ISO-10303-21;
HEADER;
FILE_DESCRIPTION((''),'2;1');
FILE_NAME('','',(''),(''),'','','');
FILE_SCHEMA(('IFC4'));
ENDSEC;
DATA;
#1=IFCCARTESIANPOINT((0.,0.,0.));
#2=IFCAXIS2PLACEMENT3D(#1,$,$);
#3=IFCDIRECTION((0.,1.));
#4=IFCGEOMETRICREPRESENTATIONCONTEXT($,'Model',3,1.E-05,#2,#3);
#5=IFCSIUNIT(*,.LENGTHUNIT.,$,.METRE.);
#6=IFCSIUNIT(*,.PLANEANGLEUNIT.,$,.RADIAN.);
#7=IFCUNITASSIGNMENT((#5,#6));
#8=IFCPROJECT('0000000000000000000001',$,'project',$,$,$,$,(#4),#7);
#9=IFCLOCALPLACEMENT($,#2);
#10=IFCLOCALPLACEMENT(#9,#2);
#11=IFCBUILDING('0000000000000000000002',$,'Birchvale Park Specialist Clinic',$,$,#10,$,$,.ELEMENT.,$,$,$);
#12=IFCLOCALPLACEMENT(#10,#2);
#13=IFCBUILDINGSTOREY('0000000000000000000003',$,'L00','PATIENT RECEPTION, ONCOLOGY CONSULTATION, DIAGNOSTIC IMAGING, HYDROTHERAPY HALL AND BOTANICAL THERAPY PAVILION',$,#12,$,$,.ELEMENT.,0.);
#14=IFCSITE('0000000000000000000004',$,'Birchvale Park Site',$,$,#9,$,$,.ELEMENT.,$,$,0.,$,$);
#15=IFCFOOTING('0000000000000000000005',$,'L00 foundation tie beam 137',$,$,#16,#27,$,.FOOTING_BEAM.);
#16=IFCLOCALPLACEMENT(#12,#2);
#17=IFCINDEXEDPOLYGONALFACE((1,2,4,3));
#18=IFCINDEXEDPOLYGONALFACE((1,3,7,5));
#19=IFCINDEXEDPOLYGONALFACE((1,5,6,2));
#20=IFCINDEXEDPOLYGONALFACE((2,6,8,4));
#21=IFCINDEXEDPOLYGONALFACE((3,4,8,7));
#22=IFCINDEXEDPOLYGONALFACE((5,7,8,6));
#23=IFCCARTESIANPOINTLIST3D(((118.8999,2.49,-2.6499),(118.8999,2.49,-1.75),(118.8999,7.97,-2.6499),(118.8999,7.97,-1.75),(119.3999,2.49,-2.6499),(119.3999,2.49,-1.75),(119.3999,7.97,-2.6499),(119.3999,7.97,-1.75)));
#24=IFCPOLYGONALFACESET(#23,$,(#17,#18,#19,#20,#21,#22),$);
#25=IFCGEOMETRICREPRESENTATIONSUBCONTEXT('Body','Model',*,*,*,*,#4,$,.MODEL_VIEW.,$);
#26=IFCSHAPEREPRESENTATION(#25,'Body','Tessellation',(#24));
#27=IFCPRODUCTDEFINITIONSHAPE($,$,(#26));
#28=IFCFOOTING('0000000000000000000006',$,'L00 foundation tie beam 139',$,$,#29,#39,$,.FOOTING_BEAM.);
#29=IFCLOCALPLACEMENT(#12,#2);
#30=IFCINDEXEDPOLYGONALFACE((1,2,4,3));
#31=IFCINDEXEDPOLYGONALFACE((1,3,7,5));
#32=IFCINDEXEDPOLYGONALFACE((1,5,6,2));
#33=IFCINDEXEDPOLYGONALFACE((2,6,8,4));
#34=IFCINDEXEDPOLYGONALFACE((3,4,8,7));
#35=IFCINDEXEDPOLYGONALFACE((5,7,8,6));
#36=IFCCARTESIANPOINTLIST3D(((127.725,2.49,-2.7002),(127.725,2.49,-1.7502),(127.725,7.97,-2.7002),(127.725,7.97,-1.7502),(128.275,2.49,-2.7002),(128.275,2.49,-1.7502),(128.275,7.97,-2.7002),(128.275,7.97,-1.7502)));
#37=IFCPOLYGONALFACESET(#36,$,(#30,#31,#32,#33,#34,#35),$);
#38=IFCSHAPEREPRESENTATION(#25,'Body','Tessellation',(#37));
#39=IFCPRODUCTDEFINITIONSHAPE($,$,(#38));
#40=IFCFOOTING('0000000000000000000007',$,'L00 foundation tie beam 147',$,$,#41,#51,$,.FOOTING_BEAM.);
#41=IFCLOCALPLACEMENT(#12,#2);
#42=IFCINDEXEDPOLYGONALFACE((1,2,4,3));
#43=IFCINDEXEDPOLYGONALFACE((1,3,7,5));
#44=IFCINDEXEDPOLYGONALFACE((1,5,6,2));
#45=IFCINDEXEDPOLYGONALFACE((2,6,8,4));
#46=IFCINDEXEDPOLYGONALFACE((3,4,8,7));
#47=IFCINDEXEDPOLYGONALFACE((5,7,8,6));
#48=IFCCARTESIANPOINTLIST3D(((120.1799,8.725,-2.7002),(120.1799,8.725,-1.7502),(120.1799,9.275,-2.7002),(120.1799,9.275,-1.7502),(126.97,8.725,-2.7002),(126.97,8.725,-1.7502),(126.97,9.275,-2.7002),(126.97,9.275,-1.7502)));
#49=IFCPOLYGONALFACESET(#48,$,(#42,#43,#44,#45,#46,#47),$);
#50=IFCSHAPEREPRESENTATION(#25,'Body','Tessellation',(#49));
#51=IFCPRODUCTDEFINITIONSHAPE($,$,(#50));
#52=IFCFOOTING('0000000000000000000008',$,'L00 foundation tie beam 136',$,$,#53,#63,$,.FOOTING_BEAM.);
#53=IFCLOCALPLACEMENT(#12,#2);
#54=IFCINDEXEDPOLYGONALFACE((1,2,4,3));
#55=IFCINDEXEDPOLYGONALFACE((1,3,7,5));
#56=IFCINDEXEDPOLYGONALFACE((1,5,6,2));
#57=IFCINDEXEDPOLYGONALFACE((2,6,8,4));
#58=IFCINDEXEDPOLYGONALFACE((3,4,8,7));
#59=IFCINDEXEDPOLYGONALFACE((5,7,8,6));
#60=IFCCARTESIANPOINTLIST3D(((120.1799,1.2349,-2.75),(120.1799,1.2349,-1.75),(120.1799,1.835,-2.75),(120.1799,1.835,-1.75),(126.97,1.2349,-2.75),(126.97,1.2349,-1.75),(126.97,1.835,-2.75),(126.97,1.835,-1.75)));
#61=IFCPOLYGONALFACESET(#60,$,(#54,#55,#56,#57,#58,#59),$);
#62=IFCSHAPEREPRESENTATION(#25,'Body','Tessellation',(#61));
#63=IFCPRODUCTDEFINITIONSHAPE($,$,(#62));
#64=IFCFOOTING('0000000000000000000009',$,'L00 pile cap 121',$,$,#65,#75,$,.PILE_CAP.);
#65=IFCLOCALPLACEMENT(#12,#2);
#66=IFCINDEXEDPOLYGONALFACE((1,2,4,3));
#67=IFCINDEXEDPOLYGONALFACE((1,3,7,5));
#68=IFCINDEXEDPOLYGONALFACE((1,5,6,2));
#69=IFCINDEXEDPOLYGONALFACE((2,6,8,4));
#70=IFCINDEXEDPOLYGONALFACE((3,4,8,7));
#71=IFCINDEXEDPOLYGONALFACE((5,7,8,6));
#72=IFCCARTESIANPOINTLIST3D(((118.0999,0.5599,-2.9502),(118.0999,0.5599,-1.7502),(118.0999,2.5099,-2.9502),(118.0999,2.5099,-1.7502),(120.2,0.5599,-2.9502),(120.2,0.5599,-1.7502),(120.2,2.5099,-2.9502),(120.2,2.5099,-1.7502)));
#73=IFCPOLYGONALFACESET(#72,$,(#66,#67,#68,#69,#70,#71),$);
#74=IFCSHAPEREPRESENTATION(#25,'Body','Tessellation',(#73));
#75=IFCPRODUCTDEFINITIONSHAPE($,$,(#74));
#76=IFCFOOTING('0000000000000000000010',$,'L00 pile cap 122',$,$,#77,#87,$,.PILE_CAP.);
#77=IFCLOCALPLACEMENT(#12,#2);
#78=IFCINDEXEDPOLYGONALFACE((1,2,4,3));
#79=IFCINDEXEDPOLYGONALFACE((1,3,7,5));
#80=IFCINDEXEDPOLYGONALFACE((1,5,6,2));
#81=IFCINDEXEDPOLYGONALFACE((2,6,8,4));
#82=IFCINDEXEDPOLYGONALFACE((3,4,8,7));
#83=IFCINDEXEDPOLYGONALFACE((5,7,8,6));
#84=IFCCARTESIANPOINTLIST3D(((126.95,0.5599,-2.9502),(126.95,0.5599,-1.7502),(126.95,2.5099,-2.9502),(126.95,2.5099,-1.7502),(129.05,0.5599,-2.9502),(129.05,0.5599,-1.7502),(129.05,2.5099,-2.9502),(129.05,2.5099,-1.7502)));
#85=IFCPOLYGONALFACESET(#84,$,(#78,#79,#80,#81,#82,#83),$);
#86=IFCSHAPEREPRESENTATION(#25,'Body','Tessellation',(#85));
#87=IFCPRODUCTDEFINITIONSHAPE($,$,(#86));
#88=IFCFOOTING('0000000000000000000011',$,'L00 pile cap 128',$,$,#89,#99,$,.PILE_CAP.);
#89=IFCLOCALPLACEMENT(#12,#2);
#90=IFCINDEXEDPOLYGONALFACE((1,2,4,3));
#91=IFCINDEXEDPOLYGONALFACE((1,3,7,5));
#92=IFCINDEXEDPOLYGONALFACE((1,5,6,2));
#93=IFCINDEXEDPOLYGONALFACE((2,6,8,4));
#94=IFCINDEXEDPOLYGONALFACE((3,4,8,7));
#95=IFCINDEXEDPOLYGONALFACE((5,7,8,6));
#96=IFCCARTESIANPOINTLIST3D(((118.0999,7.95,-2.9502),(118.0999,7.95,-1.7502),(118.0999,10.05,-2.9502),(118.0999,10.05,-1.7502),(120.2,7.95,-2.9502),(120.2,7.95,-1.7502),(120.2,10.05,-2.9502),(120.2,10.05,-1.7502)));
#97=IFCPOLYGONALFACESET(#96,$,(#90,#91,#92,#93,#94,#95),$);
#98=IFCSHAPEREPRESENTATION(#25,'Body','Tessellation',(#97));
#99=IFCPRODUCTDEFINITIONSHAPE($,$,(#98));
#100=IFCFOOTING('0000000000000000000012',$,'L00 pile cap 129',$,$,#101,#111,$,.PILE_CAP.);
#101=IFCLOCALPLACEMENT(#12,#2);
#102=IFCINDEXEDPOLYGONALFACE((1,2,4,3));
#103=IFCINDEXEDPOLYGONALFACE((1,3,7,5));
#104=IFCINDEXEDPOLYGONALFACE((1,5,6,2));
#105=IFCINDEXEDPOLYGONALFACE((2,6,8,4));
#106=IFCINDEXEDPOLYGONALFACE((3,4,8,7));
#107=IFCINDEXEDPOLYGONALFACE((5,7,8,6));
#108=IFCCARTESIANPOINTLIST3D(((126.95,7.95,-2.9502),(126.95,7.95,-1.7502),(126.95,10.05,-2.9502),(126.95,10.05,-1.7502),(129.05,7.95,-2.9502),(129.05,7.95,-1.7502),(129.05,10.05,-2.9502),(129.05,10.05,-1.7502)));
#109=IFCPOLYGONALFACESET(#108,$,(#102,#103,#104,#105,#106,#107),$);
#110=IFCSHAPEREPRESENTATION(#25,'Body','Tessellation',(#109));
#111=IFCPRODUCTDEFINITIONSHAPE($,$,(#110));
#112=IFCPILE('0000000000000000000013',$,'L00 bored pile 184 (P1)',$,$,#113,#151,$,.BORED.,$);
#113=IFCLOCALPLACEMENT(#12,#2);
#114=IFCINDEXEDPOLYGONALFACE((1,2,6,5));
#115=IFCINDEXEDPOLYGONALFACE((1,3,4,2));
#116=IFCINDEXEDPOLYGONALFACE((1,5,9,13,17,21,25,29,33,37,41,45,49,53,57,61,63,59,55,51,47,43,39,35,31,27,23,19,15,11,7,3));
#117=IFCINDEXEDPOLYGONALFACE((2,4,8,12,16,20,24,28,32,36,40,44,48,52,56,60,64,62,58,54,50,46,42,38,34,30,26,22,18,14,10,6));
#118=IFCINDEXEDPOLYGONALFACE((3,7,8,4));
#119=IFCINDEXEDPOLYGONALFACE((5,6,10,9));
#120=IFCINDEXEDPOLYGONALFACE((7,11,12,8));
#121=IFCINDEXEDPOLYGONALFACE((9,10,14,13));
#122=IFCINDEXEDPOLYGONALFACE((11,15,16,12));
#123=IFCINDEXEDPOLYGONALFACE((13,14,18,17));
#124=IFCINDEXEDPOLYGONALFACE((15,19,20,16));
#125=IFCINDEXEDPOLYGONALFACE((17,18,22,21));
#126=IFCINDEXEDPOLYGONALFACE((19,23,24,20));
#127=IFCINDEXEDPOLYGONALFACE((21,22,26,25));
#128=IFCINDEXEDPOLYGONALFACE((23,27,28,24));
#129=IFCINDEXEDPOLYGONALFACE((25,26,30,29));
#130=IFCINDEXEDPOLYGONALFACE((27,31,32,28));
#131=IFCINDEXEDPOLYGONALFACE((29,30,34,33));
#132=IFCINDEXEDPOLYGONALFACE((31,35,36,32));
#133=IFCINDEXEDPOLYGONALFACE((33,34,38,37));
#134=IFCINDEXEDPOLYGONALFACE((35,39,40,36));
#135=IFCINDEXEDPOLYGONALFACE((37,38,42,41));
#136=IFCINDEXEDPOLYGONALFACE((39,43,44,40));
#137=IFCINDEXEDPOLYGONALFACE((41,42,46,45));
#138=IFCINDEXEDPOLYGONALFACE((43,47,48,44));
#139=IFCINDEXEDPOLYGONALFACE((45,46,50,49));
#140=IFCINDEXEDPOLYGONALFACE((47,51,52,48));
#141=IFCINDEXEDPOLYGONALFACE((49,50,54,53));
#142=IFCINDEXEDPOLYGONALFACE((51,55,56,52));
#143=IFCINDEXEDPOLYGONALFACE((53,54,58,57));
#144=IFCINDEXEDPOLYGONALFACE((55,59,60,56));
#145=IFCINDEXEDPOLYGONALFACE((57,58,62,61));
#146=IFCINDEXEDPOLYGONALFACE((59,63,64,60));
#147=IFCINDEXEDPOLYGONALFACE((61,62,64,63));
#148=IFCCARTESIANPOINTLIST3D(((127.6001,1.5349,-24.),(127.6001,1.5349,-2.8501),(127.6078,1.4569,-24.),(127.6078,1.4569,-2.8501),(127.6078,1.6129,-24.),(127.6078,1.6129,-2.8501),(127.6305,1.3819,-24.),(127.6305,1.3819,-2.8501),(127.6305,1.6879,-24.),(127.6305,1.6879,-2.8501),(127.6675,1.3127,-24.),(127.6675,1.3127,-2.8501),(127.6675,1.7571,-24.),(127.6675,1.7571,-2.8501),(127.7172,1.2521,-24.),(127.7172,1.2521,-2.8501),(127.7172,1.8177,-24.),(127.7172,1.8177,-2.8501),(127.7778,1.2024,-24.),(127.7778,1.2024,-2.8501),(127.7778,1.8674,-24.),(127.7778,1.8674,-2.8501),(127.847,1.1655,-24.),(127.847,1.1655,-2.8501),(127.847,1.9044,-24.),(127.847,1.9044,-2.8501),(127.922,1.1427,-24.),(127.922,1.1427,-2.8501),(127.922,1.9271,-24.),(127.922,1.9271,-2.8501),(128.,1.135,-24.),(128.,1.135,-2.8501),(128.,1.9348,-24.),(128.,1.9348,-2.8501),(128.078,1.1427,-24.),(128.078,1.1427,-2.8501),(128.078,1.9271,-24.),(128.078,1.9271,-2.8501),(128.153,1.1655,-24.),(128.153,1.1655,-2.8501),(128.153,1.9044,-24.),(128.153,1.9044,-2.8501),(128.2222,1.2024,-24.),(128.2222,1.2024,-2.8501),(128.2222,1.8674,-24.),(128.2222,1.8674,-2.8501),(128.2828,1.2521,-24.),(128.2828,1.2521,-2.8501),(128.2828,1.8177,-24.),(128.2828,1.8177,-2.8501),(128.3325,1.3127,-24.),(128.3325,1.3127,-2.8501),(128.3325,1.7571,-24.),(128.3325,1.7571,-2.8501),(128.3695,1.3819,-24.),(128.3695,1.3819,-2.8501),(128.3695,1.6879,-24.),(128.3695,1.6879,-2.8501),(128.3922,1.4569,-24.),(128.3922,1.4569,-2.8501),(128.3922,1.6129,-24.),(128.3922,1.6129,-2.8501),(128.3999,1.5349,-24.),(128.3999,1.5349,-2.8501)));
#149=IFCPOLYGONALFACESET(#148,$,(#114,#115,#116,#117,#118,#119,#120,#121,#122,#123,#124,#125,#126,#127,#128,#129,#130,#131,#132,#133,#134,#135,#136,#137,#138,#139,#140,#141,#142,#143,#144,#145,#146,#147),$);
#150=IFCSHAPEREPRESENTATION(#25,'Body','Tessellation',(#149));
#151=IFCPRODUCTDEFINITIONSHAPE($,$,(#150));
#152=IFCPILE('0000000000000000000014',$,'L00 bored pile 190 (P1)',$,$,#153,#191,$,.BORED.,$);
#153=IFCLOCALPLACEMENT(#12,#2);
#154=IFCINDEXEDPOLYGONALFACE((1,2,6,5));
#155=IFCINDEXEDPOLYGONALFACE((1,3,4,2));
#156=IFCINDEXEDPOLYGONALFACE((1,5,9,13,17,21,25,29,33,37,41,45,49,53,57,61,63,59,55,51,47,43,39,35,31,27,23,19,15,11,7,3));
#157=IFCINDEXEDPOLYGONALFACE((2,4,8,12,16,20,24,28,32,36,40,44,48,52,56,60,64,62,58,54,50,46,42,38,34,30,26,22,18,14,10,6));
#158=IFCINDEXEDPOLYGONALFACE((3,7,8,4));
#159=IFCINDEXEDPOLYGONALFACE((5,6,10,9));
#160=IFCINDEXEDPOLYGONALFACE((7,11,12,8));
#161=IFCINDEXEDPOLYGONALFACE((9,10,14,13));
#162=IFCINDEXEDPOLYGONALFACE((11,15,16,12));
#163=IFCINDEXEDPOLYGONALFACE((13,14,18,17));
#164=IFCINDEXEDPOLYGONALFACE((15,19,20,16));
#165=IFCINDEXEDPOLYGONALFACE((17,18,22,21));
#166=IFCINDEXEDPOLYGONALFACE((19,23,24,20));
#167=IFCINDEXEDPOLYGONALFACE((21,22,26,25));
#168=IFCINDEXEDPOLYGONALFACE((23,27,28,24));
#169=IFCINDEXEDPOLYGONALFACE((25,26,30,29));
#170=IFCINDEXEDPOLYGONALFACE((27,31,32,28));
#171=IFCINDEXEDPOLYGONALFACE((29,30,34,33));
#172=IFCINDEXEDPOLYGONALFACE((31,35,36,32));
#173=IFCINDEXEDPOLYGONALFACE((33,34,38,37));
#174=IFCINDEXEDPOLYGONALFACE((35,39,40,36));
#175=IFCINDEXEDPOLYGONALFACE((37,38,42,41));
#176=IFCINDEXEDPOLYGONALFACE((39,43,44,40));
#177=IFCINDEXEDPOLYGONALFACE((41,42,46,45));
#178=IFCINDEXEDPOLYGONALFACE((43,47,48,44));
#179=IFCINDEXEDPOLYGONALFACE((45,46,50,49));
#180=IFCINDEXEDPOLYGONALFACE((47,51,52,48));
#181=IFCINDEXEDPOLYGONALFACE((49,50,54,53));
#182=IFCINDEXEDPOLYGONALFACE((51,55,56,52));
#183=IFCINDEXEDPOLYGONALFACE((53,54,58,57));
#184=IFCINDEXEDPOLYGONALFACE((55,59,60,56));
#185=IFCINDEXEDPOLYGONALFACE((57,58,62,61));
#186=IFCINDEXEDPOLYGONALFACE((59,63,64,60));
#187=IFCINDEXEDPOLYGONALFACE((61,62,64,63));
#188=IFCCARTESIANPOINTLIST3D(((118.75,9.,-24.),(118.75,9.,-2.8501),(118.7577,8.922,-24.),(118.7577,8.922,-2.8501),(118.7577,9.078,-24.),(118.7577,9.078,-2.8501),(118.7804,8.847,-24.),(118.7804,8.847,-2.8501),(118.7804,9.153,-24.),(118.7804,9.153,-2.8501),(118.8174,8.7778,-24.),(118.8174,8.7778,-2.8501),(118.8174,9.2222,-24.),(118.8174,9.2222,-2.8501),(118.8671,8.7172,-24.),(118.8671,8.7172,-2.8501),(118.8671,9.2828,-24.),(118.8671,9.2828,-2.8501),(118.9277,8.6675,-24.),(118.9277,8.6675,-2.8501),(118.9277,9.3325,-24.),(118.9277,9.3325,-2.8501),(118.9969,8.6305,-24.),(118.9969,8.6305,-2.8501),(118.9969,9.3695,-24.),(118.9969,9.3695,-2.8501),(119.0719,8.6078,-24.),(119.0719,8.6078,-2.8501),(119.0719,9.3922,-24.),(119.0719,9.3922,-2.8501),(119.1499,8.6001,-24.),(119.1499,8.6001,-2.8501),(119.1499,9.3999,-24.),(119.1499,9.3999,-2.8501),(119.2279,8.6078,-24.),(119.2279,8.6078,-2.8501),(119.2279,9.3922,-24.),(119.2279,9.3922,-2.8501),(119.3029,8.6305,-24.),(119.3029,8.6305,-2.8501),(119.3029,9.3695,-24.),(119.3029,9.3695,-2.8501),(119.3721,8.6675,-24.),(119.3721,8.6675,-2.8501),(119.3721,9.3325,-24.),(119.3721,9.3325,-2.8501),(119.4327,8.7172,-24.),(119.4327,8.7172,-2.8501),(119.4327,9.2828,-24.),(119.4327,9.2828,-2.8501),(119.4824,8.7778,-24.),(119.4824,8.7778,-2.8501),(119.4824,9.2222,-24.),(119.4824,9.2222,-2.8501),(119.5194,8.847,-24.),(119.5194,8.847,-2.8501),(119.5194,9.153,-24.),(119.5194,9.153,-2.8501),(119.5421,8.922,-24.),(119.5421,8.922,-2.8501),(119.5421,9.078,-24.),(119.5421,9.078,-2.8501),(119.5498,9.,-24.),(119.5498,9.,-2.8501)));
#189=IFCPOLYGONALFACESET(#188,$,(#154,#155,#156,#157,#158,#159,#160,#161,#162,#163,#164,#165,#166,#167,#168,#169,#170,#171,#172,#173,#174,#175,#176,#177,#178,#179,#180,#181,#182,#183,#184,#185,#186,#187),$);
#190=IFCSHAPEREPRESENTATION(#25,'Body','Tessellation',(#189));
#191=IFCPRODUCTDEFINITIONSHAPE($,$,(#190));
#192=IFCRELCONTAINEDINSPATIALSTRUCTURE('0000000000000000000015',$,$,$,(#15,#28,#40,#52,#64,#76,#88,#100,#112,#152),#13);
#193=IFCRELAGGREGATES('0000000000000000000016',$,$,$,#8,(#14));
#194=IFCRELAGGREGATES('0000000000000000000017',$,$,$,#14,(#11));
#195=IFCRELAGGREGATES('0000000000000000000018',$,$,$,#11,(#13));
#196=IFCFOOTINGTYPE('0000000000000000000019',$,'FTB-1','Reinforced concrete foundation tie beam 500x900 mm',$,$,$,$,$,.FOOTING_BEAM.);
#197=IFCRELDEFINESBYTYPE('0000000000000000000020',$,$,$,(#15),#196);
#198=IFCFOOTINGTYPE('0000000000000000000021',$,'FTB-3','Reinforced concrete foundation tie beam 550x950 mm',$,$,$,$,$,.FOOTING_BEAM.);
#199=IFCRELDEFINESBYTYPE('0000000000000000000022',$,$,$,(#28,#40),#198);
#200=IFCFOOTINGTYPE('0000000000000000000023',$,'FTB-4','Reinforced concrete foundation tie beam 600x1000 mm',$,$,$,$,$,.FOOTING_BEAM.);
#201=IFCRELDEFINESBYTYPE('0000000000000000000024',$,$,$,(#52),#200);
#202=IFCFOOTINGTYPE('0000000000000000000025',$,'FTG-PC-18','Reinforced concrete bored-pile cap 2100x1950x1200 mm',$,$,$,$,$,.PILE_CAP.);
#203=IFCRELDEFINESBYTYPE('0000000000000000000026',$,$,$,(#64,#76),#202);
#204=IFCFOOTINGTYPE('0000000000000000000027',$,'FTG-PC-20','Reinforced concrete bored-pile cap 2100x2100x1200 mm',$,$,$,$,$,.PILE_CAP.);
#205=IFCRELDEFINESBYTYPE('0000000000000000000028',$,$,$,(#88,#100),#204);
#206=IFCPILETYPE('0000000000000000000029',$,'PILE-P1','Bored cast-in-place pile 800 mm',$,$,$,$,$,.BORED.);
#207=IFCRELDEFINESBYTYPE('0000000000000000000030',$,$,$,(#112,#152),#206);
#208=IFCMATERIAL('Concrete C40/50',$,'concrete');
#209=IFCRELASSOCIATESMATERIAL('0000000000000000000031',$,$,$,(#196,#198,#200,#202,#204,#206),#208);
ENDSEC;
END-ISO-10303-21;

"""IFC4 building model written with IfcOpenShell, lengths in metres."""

from ifc_helpers import new_model, si_unit, direction, frame, origin, origin_2d, place, context, subcontext, project, spatial, rectangle, circle, extrude, material, material_profile, profile_set, type_object, element, save


model = new_model("IFC4")

# Units and contexts
model_context = context("Model", 3, precision=1e-05, world=origin(), true_north=direction((0.0, 1.0)))
body_context = subcontext(model_context, "Body", "Model", "MODEL_VIEW")
ifc_project = project(units=[si_unit("LENGTHUNIT", "METRE"), si_unit("PLANEANGLEUNIT", "RADIAN")], contexts=[model_context])

# Site, building, storey
site_placement = place(None, origin())
site = spatial("IfcSite", under=ifc_project, at=site_placement, Name="Birchvale Park Site", CompositionType="ELEMENT", RefElevation=0.0)
building_placement = place(site_placement, origin())
building = spatial("IfcBuilding", under=site, at=building_placement, Name="Birchvale Park Specialist Clinic", CompositionType="ELEMENT")
storey_placement = place(building_placement, origin())
storey = spatial("IfcBuildingStorey", under=building, at=storey_placement, Name="L00", Description="PATIENT RECEPTION, ONCOLOGY CONSULTATION, DIAGNOSTIC IMAGING, HYDROTHERAPY HALL AND BOTANICAL THERAPY PAVILION", CompositionType="ELEMENT", Elevation=0.0)

# Footings
ifc_material_1 = material(Name="Concrete C40/50", Category="concrete")
footing_type_1 = type_object("IfcFootingType", Name="FTB-1", Description="Reinforced concrete foundation tie beam 500x900 mm", PredefinedType="FOOTING_BEAM", material=ifc_material_1)
footing_1_placement = place(storey_placement, frame((119.1499, 5.23, -2.6499), z_axis=(0.0, 0.0, 1.0), x_axis=(1.0, 0.0, 0.0)))
element("IfcFooting", 1, at=footing_1_placement, inside=storey, type_object=footing_type_1, Name="L00 foundation tie beam 137", PredefinedType="FOOTING_BEAM", context=body_context, shape_type="SweptSolid", body=[
    extrude(rectangle(XDim=0.5, YDim=5.48, at=origin_2d()), origin(), (0.0, 0.0, 1.0), 0.8999),
])
footing_type_2 = type_object("IfcFootingType", Name="FTB-3", Description="Reinforced concrete foundation tie beam 550x950 mm", PredefinedType="FOOTING_BEAM", material=ifc_material_1)
footing_2_placement = place(storey_placement, frame((128.0, 5.23, -2.7002), z_axis=(0.0, 0.0, 1.0), x_axis=(1.0, 0.0, 0.0)))
element("IfcFooting", 2, at=footing_2_placement, inside=storey, type_object=footing_type_2, Name="L00 foundation tie beam 139", PredefinedType="FOOTING_BEAM", context=body_context, shape_type="SweptSolid", body=[
    extrude(rectangle(XDim=0.55, YDim=5.48, at=origin_2d()), origin(), (0.0, 0.0, 1.0), 0.95),
])
footing_3_placement = place(storey_placement, frame((123.575, 9.0, -2.7002), z_axis=(0.0, 0.0, 1.0), x_axis=(1.0, 0.0, 0.0)))
element("IfcFooting", 3, at=footing_3_placement, inside=storey, type_object=footing_type_2, Name="L00 foundation tie beam 147", PredefinedType="FOOTING_BEAM", context=body_context, shape_type="SweptSolid", body=[
    extrude(rectangle(XDim=6.79, YDim=0.55, at=origin_2d()), origin(), (0.0, 0.0, 1.0), 0.95),
])
footing_type_3 = type_object("IfcFootingType", Name="FTB-4", Description="Reinforced concrete foundation tie beam 600x1000 mm", PredefinedType="FOOTING_BEAM", material=ifc_material_1)
footing_4_placement = place(storey_placement, frame((123.575, 1.5349, -2.75), z_axis=(0.0, 0.0, 1.0), x_axis=(1.0, 0.0, 0.0)))
element("IfcFooting", 4, at=footing_4_placement, inside=storey, type_object=footing_type_3, Name="L00 foundation tie beam 136", PredefinedType="FOOTING_BEAM", context=body_context, shape_type="SweptSolid", body=[
    extrude(rectangle(XDim=6.79, YDim=0.6001, at=origin_2d()), origin(), (0.0, 0.0, 1.0), 1.0),
])
footing_type_4 = type_object("IfcFootingType", Name="FTG-PC-18", Description="Reinforced concrete bored-pile cap 2100x1950x1200 mm", PredefinedType="PILE_CAP", material=ifc_material_1)
for number, where, z_axis, x_axis, name in (
    (5, (119.1499, 1.5349, -2.9502), (0.0, 0.0, 1.0), (1.0, 0.0, 0.0), "L00 pile cap 121"),
    (6, (128.0, 1.5349, -2.9502), (0.0, 0.0, 1.0), (1.0, 0.0, 0.0), "L00 pile cap 122"),
):
    element("IfcFooting", number, at=place(storey_placement, frame(where, z_axis=z_axis, x_axis=x_axis)), inside=storey, type_object=footing_type_4, Name=name, PredefinedType="PILE_CAP", context=body_context, shape_type="SweptSolid", body=[
        extrude(rectangle(XDim=2.1001, YDim=1.95, at=origin_2d()), origin(), (0.0, 0.0, 1.0), 1.2),
    ])
footing_type_5 = type_object("IfcFootingType", Name="FTG-PC-20", Description="Reinforced concrete bored-pile cap 2100x2100x1200 mm", PredefinedType="PILE_CAP", material=ifc_material_1)
for number, where, z_axis, x_axis, name in (
    (7, (119.1499, 9.0, -2.9502), (0.0, 0.0, 1.0), (1.0, 0.0, 0.0), "L00 pile cap 128"),
    (8, (128.0, 9.0, -2.9502), (0.0, 0.0, 1.0), (1.0, 0.0, 0.0), "L00 pile cap 129"),
):
    element("IfcFooting", number, at=place(storey_placement, frame(where, z_axis=z_axis, x_axis=x_axis)), inside=storey, type_object=footing_type_5, Name=name, PredefinedType="PILE_CAP", context=body_context, shape_type="SweptSolid", body=[
        extrude(rectangle(XDim=2.1001, YDim=2.1001, at=origin_2d()), origin(), (0.0, 0.0, 1.0), 1.2),
    ])

# Piles
ifc_material_profile_1 = material_profile(ifc_material_1, circle(Radius=0.3999, at=origin_2d()), Name="PILE-800")
ifc_profile_set_1 = profile_set([ifc_material_profile_1], Name="Concrete C40/50")
pile_type_1 = type_object("IfcPileType", Name="PILE-P1", Description="Bored cast-in-place pile 800 mm", PredefinedType="BORED", material=ifc_profile_set_1)
for number, where, z_axis, x_axis, name in (
    (9, (128.0, 1.5349, -2.8501), (0.0, 0.0, -1.0), (1.0, 0.0, 0.0), "L00 bored pile 184 (P1)"),
    (10, (119.1499, 9.0, -2.8501), (0.0, 0.0, -1.0), (1.0, 0.0, 0.0), "L00 bored pile 190 (P1)"),
):
    element("IfcPile", number, at=place(storey_placement, frame(where, z_axis=z_axis, x_axis=x_axis)), inside=storey, type_object=pile_type_1, Name=name, PredefinedType="BORED", context=body_context, shape_type="SweptSolid", body=[
        extrude(circle(Radius=0.3999, at=origin_2d()), origin(), (0.0, 0.0, 1.0), 21.1499),
    ])

save(model, "model.ifc")
